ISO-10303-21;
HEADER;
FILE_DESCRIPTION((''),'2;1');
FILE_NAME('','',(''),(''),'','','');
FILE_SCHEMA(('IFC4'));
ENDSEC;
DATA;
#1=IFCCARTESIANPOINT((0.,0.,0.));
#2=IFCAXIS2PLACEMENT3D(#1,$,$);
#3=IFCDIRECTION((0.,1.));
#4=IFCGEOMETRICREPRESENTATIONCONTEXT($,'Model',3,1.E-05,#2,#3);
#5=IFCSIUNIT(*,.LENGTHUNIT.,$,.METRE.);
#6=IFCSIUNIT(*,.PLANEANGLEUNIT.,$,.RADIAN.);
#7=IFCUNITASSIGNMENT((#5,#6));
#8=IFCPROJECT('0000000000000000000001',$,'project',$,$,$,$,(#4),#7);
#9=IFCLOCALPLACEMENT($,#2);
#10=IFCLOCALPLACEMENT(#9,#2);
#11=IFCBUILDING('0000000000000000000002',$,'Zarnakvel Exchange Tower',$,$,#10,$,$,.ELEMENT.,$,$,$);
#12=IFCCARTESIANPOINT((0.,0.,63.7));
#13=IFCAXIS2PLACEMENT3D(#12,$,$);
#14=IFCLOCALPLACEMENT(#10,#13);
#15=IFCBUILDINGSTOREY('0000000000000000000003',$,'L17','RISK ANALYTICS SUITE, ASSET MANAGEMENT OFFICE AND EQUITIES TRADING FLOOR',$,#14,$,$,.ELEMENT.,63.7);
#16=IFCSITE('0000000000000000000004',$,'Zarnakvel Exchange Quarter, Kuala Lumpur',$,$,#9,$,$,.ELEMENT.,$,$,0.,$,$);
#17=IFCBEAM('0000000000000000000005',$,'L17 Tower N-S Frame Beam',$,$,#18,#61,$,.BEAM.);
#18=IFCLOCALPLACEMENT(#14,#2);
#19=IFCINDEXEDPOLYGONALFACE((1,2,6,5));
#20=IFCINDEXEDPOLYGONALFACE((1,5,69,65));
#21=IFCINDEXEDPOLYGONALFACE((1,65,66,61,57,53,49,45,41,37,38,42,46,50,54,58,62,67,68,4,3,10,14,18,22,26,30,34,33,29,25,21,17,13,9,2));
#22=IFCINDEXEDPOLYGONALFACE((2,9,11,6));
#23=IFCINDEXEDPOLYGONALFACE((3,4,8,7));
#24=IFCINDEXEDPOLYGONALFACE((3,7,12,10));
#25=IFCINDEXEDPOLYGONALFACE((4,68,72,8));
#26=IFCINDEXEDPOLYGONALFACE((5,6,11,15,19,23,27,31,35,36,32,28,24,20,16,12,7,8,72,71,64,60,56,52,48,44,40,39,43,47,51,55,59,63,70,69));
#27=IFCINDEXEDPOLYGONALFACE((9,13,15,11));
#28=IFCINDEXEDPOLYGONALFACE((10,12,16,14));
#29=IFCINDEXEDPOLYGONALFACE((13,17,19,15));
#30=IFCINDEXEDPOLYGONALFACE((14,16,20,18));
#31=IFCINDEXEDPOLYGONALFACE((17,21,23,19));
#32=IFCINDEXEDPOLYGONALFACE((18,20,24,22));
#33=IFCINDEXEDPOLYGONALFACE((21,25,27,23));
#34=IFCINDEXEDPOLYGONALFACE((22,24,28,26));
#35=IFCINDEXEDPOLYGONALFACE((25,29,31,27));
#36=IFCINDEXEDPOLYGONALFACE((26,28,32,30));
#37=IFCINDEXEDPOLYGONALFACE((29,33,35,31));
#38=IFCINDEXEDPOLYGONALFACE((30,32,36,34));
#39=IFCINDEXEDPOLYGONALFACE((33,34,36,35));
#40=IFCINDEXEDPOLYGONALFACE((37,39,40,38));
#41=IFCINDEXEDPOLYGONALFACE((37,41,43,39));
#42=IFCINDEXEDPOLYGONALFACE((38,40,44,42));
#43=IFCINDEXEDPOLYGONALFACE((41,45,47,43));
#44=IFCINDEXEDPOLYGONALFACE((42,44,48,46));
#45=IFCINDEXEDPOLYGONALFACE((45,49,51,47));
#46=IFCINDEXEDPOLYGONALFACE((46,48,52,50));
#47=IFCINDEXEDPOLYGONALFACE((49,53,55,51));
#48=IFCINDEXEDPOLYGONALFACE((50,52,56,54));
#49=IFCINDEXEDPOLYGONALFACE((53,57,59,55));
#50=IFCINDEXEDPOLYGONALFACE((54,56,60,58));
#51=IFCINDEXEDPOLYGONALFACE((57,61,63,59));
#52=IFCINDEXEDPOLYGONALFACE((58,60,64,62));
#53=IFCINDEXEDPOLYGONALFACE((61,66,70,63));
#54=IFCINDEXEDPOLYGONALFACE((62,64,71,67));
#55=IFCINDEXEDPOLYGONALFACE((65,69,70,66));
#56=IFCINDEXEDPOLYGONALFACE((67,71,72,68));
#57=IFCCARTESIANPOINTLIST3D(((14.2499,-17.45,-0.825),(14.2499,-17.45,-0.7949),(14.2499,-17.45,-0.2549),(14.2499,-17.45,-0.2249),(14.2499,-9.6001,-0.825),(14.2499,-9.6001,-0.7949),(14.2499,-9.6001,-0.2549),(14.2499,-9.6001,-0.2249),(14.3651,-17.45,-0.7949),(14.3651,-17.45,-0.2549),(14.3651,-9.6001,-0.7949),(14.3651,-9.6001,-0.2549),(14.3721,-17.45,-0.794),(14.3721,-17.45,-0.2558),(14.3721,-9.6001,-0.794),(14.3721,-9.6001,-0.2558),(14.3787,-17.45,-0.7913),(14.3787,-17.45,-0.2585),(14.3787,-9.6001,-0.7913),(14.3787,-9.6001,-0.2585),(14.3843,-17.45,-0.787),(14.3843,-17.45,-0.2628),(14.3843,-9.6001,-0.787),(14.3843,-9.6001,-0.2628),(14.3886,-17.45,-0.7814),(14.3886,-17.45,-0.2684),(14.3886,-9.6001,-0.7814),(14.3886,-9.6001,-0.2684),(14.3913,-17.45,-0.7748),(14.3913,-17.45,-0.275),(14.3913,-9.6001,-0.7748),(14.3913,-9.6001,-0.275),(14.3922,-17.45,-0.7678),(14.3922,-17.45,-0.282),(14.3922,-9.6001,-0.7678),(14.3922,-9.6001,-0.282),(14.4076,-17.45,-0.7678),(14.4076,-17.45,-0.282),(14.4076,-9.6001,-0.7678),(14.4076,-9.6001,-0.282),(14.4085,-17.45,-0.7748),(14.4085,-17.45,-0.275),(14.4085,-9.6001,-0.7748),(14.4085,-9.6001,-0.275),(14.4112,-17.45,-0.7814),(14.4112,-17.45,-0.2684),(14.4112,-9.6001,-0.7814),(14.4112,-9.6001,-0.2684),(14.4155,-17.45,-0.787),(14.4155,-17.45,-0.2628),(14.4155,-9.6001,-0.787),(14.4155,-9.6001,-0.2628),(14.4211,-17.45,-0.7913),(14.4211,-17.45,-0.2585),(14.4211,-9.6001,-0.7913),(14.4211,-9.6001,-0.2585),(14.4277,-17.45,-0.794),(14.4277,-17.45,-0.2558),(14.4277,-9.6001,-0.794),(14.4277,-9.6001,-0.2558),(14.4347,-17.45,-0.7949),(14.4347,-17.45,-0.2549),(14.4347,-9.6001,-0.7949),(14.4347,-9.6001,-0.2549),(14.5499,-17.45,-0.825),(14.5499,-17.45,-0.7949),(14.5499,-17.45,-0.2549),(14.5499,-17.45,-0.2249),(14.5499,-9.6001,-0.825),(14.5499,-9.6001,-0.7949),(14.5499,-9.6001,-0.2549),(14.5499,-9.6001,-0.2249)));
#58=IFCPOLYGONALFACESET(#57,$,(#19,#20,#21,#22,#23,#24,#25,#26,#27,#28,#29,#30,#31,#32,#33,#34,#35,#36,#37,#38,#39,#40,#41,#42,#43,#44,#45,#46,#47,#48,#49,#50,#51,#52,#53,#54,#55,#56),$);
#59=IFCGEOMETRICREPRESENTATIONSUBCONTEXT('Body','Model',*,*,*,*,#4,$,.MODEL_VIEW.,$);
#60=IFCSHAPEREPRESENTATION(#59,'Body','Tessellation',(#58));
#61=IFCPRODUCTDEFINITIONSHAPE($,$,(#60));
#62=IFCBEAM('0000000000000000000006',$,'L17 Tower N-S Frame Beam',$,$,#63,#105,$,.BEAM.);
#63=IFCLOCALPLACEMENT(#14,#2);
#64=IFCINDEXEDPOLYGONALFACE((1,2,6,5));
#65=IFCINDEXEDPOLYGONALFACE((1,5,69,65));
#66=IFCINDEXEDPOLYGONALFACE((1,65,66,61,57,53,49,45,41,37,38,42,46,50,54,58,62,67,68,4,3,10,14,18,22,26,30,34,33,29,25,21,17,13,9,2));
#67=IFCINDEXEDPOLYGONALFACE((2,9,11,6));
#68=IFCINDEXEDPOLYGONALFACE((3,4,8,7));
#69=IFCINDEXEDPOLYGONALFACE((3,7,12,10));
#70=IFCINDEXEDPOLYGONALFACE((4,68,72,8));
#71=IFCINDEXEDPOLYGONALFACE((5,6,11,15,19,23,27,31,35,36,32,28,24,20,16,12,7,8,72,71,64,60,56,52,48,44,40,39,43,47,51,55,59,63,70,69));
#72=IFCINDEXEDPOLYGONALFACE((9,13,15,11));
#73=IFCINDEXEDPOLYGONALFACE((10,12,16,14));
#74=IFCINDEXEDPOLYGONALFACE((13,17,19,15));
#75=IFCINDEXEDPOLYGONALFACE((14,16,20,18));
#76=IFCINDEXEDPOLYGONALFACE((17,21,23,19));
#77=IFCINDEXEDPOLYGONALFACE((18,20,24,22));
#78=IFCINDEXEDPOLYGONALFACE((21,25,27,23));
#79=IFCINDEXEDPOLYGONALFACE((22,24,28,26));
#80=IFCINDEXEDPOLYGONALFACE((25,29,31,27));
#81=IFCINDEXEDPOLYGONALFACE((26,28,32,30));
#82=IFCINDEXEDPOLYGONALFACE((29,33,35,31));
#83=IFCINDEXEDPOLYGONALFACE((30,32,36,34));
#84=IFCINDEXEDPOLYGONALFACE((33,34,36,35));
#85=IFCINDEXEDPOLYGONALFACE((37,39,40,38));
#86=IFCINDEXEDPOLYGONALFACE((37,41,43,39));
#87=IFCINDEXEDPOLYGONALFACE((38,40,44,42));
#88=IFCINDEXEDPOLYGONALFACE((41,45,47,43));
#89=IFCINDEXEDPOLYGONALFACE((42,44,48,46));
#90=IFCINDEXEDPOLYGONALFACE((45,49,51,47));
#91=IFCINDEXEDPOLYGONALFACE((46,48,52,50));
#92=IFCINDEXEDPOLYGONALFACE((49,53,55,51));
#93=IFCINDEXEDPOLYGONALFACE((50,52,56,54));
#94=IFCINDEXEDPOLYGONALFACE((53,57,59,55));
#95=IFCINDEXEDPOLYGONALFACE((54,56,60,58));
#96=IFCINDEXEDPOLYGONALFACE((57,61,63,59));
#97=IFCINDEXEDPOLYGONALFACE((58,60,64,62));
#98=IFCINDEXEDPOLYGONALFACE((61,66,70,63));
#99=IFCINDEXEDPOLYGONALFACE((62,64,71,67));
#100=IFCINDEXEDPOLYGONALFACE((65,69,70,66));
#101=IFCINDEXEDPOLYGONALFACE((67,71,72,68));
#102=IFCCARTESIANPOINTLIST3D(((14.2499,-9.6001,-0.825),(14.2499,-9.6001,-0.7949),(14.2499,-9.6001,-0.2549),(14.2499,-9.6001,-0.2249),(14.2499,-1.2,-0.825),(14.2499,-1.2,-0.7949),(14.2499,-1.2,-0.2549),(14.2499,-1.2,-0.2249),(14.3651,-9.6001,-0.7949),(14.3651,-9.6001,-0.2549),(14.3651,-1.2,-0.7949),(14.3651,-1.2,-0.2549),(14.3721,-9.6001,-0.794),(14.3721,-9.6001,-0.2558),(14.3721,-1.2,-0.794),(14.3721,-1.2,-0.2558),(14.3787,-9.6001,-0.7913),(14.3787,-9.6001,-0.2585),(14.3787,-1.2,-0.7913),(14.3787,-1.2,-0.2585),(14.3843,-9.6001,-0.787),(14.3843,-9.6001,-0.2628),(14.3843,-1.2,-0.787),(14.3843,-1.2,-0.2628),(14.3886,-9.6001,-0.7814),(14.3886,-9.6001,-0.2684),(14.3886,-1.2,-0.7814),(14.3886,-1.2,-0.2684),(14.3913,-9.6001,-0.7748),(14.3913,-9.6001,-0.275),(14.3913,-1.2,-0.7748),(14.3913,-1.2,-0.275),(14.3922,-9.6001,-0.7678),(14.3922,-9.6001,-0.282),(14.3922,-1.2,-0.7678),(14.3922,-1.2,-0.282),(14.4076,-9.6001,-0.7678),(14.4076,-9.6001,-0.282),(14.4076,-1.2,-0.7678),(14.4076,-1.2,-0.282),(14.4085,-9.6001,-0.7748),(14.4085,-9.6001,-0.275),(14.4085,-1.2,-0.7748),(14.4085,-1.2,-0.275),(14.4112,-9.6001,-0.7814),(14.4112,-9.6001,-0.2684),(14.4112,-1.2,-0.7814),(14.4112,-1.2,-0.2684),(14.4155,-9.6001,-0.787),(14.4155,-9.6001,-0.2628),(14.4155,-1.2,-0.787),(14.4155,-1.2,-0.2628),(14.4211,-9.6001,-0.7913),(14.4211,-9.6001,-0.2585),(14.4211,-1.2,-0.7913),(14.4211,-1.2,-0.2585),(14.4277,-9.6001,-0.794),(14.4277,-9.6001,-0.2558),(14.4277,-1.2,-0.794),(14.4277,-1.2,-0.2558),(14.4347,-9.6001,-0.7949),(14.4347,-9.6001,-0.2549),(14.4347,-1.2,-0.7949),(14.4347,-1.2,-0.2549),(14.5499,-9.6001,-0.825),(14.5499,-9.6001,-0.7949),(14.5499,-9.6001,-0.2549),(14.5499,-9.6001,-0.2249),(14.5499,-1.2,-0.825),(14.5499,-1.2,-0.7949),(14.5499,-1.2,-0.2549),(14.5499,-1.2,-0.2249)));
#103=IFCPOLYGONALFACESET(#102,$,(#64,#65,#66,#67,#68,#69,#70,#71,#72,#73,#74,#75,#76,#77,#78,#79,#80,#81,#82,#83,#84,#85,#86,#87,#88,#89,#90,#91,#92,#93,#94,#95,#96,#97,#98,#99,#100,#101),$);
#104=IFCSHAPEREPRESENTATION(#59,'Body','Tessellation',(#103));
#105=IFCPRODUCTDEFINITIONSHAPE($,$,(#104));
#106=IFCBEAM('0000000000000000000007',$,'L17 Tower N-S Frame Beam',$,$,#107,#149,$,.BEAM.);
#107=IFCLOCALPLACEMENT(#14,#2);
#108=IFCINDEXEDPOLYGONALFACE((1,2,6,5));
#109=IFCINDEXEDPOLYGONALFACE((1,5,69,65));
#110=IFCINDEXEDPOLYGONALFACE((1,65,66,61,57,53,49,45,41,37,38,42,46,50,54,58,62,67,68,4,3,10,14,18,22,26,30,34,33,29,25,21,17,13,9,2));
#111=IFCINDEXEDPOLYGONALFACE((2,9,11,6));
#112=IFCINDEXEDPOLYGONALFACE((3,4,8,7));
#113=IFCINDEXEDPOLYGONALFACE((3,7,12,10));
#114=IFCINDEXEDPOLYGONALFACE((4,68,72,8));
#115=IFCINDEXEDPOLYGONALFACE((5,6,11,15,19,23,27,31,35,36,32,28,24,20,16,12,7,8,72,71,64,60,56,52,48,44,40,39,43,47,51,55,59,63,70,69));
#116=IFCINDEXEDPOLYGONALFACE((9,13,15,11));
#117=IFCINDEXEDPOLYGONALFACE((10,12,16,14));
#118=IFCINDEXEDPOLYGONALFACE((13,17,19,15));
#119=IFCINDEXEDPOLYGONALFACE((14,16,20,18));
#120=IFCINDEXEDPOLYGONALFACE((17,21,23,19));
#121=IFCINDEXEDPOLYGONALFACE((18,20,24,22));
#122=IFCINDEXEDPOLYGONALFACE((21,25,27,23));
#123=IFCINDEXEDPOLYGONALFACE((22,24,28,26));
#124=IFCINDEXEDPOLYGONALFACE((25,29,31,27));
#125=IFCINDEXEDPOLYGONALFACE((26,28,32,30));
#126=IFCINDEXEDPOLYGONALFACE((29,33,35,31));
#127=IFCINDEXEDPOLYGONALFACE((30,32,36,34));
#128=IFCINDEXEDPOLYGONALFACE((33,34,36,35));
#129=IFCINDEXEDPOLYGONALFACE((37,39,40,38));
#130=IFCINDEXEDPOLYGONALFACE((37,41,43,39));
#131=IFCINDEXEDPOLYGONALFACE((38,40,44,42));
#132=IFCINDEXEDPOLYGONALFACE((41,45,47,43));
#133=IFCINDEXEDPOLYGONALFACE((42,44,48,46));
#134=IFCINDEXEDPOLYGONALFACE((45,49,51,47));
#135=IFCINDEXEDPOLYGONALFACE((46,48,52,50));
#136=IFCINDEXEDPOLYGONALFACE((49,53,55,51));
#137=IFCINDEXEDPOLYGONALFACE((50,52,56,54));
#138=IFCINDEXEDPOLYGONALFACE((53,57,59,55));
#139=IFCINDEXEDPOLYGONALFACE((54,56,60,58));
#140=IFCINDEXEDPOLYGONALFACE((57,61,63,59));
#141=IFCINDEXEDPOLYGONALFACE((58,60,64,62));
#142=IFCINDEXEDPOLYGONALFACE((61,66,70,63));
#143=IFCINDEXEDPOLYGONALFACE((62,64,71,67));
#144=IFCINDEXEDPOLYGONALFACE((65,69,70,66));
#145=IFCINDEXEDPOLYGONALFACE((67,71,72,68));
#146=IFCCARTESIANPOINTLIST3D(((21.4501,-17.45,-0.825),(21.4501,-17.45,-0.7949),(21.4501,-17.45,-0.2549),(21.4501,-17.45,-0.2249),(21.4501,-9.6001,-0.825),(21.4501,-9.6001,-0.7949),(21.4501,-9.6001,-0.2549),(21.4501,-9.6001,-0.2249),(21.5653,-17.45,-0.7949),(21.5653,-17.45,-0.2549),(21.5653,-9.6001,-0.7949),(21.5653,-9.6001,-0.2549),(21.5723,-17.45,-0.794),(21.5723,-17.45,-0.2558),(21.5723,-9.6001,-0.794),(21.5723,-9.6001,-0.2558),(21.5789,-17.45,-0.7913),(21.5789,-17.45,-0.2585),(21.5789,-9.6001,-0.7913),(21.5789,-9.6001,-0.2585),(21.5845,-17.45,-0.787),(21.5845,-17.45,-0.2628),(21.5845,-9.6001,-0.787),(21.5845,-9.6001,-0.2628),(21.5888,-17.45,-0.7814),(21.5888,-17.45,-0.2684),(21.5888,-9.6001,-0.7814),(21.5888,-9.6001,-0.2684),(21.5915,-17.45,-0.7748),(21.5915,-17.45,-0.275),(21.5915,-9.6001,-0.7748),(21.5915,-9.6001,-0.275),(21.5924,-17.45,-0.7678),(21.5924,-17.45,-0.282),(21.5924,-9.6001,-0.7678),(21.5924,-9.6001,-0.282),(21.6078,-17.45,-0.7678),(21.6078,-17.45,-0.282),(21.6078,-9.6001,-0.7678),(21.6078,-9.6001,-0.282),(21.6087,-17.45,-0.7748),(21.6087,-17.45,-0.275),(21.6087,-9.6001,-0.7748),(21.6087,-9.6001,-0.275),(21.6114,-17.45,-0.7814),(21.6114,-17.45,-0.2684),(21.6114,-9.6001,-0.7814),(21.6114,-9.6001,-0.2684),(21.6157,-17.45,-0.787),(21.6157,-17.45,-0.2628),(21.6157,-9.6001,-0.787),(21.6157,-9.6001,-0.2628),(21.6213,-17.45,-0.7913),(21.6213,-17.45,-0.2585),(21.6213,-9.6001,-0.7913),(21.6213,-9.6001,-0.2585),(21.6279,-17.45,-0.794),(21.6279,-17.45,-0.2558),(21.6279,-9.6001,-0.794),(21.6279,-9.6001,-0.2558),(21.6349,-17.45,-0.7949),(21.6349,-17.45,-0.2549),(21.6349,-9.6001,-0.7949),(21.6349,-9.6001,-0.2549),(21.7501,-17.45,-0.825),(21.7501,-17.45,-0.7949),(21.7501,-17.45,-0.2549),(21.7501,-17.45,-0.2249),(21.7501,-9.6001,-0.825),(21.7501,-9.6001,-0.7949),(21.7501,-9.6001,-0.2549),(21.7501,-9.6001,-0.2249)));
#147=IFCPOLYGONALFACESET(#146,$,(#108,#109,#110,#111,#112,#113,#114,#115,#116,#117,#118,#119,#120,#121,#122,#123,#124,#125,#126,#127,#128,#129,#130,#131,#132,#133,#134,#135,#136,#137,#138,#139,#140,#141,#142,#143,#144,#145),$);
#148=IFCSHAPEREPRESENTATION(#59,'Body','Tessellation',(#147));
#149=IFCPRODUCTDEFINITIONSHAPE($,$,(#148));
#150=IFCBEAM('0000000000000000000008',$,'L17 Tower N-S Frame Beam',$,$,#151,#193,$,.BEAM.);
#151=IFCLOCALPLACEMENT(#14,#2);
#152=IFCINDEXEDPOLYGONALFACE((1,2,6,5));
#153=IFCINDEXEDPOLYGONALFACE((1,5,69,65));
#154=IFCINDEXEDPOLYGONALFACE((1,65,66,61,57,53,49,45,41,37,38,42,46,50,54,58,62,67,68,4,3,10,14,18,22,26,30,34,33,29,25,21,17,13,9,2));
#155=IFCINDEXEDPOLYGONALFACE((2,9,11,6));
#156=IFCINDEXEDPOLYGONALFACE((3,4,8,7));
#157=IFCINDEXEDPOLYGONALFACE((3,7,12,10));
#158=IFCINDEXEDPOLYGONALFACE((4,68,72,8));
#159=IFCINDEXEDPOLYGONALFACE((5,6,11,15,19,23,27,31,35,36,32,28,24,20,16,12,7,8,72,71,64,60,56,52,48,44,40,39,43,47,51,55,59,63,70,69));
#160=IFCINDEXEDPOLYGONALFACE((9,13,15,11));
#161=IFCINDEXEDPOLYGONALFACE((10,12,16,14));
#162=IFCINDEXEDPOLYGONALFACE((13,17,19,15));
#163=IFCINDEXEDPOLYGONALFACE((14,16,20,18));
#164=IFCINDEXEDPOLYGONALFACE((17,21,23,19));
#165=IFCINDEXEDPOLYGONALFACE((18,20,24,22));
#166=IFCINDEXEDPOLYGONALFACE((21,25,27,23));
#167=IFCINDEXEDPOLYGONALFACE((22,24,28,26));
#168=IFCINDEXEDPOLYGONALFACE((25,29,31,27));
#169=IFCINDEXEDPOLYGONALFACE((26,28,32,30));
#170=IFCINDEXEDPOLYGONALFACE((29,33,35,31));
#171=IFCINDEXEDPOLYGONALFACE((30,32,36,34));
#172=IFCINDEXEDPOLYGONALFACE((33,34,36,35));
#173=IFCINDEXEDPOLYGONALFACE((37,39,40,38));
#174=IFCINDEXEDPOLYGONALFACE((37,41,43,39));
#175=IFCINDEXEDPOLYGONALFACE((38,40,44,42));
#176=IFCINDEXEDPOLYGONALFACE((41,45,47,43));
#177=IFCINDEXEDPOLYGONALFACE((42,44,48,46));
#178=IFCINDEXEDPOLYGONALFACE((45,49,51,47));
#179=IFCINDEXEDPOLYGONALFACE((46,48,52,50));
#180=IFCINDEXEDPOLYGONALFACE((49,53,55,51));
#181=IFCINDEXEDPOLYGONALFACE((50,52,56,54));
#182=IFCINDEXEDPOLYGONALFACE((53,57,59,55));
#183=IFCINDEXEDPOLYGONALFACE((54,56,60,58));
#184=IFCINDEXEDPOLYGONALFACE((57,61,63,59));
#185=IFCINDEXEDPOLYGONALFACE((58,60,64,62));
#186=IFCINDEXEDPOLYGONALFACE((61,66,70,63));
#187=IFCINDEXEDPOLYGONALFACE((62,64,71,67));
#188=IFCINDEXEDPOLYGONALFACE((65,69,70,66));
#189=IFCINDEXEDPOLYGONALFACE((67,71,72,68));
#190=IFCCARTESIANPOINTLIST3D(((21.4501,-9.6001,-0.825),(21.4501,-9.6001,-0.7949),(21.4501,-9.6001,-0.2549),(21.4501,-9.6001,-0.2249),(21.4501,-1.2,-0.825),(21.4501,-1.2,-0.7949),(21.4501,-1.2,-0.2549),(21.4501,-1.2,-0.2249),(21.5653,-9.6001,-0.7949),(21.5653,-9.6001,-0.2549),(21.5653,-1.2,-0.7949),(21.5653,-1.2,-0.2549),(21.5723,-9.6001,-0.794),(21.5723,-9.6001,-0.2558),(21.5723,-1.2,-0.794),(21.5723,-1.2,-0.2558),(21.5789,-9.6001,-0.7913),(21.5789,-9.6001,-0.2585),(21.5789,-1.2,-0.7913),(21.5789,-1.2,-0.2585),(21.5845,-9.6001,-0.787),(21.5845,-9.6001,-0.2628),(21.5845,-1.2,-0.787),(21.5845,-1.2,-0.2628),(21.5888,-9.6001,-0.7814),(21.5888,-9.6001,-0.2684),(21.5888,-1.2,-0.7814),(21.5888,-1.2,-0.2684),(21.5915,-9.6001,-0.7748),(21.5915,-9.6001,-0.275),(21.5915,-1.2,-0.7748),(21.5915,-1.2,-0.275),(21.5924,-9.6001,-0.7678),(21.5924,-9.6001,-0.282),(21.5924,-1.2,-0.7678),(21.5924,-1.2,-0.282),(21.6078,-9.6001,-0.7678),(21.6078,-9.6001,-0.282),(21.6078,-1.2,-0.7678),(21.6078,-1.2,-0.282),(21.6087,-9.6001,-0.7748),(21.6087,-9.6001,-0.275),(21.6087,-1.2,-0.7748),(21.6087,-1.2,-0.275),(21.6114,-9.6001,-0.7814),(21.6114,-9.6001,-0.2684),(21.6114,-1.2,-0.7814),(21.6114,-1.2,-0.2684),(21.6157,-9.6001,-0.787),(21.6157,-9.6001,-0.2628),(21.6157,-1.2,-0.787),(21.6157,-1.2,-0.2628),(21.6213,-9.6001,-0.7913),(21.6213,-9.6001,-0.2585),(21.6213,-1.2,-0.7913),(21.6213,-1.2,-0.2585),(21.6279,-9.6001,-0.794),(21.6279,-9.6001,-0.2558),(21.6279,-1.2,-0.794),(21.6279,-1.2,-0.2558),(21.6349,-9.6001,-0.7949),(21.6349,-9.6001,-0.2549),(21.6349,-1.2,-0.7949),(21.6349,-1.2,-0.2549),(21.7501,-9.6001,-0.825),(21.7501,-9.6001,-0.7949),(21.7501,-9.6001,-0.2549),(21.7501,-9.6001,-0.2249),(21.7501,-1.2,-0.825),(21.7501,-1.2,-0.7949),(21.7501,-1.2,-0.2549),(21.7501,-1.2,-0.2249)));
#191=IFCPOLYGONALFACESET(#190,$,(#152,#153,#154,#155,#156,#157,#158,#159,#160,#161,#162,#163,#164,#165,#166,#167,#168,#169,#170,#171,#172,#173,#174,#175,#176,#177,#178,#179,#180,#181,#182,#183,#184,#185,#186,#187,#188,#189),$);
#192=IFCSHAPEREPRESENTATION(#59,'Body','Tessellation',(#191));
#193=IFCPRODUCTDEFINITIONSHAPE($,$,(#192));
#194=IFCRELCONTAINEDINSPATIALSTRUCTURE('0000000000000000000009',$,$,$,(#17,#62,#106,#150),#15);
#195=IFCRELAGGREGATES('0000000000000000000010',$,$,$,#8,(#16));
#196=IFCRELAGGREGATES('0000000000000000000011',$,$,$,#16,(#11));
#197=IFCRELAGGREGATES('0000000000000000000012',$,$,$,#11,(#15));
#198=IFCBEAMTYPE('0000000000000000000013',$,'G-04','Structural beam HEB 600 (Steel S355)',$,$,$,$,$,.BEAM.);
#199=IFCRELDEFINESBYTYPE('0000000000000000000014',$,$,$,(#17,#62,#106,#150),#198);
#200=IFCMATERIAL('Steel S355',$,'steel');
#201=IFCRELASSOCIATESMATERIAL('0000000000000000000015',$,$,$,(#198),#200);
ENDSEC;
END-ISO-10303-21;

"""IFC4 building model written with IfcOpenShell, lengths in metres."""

from ifc_helpers import new_model, si_unit, direction, frame, origin, origin_2d, place, context, subcontext, project, spatial, i_section, extrude, material, material_profile, profile_set, type_object, element, save


model = new_model("IFC4")

# Units and contexts
model_context = context("Model", 3, precision=1e-05, world=origin(), true_north=direction((0.0, 1.0)))
body_context = subcontext(model_context, "Body", "Model", "MODEL_VIEW")
ifc_project = project(units=[si_unit("LENGTHUNIT", "METRE"), si_unit("PLANEANGLEUNIT", "RADIAN")], contexts=[model_context])

# Site, building, storey
site_placement = place(None, origin())
site = spatial("IfcSite", under=ifc_project, at=site_placement, Name="Zarnakvel Exchange Quarter, Kuala Lumpur", CompositionType="ELEMENT", RefElevation=0.0)
building_placement = place(site_placement, origin())
building = spatial("IfcBuilding", under=site, at=building_placement, Name="Zarnakvel Exchange Tower", CompositionType="ELEMENT")
storey_placement = place(building_placement, frame((0.0, 0.0, 63.7)))
storey = spatial("IfcBuildingStorey", under=building, at=storey_placement, Name="L17", Description="RISK ANALYTICS SUITE, ASSET MANAGEMENT OFFICE AND EQUITIES TRADING FLOOR", CompositionType="ELEMENT", Elevation=63.7)

# Shared definitions
ifc_material_1 = material(Name="Steel S355", Category="steel")

# Beams
ifc_material_profile_1 = material_profile(ifc_material_1, i_section(OverallWidth=0.3, OverallDepth=0.6001, WebThickness=0.0154, FlangeThickness=0.03, FilletRadius=0.0271, at=origin_2d()))
ifc_profile_set_1 = profile_set([ifc_material_profile_1], Name="Steel S355")
beam_type_1 = type_object("IfcBeamType", Name="G-04", Description="Structural beam HEB 600 (Steel S355)", PredefinedType="BEAM", material=ifc_profile_set_1)
beam_1_placement = place(storey_placement, frame((14.3999, -17.45, -0.5249), z_axis=(0.0, 1.0, 0.0), x_axis=(-1.0, 0.0, 0.0)))
element("IfcBeam", 1, at=beam_1_placement, inside=storey, type_object=beam_type_1, Name="L17 Tower N-S Frame Beam", PredefinedType="BEAM", context=body_context, shape_type="SweptSolid", body=[
    extrude(i_section(OverallWidth=0.3, OverallDepth=0.6001, WebThickness=0.0154, FlangeThickness=0.03, FilletRadius=0.0271, at=origin_2d()), origin(), (0.0, 0.0, 1.0), 7.8499),
])
beam_2_placement = place(storey_placement, frame((14.3999, -9.6001, -0.5249), z_axis=(0.0, 1.0, 0.0), x_axis=(-1.0, 0.0, 0.0)))
element("IfcBeam", 2, at=beam_2_placement, inside=storey, type_object=beam_type_1, Name="L17 Tower N-S Frame Beam", PredefinedType="BEAM", context=body_context, shape_type="SweptSolid", body=[
    extrude(i_section(OverallWidth=0.3, OverallDepth=0.6001, WebThickness=0.0154, FlangeThickness=0.03, FilletRadius=0.0271, at=origin_2d()), origin(), (0.0, 0.0, 1.0), 8.4001),
])
beam_3_placement = place(storey_placement, frame((21.6001, -17.45, -0.5249), z_axis=(0.0, 1.0, 0.0), x_axis=(-1.0, 0.0, 0.0)))
element("IfcBeam", 3, at=beam_3_placement, inside=storey, type_object=beam_type_1, Name="L17 Tower N-S Frame Beam", PredefinedType="BEAM", context=body_context, shape_type="SweptSolid", body=[
    extrude(i_section(OverallWidth=0.3, OverallDepth=0.6001, WebThickness=0.0154, FlangeThickness=0.03, FilletRadius=0.0271, at=origin_2d()), origin(), (0.0, 0.0, 1.0), 7.8499),
])
beam_4_placement = place(storey_placement, frame((21.6001, -9.6001, -0.5249), z_axis=(0.0, 1.0, 0.0), x_axis=(-1.0, 0.0, 0.0)))
element("IfcBeam", 4, at=beam_4_placement, inside=storey, type_object=beam_type_1, Name="L17 Tower N-S Frame Beam", PredefinedType="BEAM", context=body_context, shape_type="SweptSolid", body=[
    extrude(i_section(OverallWidth=0.3, OverallDepth=0.6001, WebThickness=0.0154, FlangeThickness=0.03, FilletRadius=0.0271, at=origin_2d()), origin(), (0.0, 0.0, 1.0), 8.4001),
])

save(model, "model.ifc")
